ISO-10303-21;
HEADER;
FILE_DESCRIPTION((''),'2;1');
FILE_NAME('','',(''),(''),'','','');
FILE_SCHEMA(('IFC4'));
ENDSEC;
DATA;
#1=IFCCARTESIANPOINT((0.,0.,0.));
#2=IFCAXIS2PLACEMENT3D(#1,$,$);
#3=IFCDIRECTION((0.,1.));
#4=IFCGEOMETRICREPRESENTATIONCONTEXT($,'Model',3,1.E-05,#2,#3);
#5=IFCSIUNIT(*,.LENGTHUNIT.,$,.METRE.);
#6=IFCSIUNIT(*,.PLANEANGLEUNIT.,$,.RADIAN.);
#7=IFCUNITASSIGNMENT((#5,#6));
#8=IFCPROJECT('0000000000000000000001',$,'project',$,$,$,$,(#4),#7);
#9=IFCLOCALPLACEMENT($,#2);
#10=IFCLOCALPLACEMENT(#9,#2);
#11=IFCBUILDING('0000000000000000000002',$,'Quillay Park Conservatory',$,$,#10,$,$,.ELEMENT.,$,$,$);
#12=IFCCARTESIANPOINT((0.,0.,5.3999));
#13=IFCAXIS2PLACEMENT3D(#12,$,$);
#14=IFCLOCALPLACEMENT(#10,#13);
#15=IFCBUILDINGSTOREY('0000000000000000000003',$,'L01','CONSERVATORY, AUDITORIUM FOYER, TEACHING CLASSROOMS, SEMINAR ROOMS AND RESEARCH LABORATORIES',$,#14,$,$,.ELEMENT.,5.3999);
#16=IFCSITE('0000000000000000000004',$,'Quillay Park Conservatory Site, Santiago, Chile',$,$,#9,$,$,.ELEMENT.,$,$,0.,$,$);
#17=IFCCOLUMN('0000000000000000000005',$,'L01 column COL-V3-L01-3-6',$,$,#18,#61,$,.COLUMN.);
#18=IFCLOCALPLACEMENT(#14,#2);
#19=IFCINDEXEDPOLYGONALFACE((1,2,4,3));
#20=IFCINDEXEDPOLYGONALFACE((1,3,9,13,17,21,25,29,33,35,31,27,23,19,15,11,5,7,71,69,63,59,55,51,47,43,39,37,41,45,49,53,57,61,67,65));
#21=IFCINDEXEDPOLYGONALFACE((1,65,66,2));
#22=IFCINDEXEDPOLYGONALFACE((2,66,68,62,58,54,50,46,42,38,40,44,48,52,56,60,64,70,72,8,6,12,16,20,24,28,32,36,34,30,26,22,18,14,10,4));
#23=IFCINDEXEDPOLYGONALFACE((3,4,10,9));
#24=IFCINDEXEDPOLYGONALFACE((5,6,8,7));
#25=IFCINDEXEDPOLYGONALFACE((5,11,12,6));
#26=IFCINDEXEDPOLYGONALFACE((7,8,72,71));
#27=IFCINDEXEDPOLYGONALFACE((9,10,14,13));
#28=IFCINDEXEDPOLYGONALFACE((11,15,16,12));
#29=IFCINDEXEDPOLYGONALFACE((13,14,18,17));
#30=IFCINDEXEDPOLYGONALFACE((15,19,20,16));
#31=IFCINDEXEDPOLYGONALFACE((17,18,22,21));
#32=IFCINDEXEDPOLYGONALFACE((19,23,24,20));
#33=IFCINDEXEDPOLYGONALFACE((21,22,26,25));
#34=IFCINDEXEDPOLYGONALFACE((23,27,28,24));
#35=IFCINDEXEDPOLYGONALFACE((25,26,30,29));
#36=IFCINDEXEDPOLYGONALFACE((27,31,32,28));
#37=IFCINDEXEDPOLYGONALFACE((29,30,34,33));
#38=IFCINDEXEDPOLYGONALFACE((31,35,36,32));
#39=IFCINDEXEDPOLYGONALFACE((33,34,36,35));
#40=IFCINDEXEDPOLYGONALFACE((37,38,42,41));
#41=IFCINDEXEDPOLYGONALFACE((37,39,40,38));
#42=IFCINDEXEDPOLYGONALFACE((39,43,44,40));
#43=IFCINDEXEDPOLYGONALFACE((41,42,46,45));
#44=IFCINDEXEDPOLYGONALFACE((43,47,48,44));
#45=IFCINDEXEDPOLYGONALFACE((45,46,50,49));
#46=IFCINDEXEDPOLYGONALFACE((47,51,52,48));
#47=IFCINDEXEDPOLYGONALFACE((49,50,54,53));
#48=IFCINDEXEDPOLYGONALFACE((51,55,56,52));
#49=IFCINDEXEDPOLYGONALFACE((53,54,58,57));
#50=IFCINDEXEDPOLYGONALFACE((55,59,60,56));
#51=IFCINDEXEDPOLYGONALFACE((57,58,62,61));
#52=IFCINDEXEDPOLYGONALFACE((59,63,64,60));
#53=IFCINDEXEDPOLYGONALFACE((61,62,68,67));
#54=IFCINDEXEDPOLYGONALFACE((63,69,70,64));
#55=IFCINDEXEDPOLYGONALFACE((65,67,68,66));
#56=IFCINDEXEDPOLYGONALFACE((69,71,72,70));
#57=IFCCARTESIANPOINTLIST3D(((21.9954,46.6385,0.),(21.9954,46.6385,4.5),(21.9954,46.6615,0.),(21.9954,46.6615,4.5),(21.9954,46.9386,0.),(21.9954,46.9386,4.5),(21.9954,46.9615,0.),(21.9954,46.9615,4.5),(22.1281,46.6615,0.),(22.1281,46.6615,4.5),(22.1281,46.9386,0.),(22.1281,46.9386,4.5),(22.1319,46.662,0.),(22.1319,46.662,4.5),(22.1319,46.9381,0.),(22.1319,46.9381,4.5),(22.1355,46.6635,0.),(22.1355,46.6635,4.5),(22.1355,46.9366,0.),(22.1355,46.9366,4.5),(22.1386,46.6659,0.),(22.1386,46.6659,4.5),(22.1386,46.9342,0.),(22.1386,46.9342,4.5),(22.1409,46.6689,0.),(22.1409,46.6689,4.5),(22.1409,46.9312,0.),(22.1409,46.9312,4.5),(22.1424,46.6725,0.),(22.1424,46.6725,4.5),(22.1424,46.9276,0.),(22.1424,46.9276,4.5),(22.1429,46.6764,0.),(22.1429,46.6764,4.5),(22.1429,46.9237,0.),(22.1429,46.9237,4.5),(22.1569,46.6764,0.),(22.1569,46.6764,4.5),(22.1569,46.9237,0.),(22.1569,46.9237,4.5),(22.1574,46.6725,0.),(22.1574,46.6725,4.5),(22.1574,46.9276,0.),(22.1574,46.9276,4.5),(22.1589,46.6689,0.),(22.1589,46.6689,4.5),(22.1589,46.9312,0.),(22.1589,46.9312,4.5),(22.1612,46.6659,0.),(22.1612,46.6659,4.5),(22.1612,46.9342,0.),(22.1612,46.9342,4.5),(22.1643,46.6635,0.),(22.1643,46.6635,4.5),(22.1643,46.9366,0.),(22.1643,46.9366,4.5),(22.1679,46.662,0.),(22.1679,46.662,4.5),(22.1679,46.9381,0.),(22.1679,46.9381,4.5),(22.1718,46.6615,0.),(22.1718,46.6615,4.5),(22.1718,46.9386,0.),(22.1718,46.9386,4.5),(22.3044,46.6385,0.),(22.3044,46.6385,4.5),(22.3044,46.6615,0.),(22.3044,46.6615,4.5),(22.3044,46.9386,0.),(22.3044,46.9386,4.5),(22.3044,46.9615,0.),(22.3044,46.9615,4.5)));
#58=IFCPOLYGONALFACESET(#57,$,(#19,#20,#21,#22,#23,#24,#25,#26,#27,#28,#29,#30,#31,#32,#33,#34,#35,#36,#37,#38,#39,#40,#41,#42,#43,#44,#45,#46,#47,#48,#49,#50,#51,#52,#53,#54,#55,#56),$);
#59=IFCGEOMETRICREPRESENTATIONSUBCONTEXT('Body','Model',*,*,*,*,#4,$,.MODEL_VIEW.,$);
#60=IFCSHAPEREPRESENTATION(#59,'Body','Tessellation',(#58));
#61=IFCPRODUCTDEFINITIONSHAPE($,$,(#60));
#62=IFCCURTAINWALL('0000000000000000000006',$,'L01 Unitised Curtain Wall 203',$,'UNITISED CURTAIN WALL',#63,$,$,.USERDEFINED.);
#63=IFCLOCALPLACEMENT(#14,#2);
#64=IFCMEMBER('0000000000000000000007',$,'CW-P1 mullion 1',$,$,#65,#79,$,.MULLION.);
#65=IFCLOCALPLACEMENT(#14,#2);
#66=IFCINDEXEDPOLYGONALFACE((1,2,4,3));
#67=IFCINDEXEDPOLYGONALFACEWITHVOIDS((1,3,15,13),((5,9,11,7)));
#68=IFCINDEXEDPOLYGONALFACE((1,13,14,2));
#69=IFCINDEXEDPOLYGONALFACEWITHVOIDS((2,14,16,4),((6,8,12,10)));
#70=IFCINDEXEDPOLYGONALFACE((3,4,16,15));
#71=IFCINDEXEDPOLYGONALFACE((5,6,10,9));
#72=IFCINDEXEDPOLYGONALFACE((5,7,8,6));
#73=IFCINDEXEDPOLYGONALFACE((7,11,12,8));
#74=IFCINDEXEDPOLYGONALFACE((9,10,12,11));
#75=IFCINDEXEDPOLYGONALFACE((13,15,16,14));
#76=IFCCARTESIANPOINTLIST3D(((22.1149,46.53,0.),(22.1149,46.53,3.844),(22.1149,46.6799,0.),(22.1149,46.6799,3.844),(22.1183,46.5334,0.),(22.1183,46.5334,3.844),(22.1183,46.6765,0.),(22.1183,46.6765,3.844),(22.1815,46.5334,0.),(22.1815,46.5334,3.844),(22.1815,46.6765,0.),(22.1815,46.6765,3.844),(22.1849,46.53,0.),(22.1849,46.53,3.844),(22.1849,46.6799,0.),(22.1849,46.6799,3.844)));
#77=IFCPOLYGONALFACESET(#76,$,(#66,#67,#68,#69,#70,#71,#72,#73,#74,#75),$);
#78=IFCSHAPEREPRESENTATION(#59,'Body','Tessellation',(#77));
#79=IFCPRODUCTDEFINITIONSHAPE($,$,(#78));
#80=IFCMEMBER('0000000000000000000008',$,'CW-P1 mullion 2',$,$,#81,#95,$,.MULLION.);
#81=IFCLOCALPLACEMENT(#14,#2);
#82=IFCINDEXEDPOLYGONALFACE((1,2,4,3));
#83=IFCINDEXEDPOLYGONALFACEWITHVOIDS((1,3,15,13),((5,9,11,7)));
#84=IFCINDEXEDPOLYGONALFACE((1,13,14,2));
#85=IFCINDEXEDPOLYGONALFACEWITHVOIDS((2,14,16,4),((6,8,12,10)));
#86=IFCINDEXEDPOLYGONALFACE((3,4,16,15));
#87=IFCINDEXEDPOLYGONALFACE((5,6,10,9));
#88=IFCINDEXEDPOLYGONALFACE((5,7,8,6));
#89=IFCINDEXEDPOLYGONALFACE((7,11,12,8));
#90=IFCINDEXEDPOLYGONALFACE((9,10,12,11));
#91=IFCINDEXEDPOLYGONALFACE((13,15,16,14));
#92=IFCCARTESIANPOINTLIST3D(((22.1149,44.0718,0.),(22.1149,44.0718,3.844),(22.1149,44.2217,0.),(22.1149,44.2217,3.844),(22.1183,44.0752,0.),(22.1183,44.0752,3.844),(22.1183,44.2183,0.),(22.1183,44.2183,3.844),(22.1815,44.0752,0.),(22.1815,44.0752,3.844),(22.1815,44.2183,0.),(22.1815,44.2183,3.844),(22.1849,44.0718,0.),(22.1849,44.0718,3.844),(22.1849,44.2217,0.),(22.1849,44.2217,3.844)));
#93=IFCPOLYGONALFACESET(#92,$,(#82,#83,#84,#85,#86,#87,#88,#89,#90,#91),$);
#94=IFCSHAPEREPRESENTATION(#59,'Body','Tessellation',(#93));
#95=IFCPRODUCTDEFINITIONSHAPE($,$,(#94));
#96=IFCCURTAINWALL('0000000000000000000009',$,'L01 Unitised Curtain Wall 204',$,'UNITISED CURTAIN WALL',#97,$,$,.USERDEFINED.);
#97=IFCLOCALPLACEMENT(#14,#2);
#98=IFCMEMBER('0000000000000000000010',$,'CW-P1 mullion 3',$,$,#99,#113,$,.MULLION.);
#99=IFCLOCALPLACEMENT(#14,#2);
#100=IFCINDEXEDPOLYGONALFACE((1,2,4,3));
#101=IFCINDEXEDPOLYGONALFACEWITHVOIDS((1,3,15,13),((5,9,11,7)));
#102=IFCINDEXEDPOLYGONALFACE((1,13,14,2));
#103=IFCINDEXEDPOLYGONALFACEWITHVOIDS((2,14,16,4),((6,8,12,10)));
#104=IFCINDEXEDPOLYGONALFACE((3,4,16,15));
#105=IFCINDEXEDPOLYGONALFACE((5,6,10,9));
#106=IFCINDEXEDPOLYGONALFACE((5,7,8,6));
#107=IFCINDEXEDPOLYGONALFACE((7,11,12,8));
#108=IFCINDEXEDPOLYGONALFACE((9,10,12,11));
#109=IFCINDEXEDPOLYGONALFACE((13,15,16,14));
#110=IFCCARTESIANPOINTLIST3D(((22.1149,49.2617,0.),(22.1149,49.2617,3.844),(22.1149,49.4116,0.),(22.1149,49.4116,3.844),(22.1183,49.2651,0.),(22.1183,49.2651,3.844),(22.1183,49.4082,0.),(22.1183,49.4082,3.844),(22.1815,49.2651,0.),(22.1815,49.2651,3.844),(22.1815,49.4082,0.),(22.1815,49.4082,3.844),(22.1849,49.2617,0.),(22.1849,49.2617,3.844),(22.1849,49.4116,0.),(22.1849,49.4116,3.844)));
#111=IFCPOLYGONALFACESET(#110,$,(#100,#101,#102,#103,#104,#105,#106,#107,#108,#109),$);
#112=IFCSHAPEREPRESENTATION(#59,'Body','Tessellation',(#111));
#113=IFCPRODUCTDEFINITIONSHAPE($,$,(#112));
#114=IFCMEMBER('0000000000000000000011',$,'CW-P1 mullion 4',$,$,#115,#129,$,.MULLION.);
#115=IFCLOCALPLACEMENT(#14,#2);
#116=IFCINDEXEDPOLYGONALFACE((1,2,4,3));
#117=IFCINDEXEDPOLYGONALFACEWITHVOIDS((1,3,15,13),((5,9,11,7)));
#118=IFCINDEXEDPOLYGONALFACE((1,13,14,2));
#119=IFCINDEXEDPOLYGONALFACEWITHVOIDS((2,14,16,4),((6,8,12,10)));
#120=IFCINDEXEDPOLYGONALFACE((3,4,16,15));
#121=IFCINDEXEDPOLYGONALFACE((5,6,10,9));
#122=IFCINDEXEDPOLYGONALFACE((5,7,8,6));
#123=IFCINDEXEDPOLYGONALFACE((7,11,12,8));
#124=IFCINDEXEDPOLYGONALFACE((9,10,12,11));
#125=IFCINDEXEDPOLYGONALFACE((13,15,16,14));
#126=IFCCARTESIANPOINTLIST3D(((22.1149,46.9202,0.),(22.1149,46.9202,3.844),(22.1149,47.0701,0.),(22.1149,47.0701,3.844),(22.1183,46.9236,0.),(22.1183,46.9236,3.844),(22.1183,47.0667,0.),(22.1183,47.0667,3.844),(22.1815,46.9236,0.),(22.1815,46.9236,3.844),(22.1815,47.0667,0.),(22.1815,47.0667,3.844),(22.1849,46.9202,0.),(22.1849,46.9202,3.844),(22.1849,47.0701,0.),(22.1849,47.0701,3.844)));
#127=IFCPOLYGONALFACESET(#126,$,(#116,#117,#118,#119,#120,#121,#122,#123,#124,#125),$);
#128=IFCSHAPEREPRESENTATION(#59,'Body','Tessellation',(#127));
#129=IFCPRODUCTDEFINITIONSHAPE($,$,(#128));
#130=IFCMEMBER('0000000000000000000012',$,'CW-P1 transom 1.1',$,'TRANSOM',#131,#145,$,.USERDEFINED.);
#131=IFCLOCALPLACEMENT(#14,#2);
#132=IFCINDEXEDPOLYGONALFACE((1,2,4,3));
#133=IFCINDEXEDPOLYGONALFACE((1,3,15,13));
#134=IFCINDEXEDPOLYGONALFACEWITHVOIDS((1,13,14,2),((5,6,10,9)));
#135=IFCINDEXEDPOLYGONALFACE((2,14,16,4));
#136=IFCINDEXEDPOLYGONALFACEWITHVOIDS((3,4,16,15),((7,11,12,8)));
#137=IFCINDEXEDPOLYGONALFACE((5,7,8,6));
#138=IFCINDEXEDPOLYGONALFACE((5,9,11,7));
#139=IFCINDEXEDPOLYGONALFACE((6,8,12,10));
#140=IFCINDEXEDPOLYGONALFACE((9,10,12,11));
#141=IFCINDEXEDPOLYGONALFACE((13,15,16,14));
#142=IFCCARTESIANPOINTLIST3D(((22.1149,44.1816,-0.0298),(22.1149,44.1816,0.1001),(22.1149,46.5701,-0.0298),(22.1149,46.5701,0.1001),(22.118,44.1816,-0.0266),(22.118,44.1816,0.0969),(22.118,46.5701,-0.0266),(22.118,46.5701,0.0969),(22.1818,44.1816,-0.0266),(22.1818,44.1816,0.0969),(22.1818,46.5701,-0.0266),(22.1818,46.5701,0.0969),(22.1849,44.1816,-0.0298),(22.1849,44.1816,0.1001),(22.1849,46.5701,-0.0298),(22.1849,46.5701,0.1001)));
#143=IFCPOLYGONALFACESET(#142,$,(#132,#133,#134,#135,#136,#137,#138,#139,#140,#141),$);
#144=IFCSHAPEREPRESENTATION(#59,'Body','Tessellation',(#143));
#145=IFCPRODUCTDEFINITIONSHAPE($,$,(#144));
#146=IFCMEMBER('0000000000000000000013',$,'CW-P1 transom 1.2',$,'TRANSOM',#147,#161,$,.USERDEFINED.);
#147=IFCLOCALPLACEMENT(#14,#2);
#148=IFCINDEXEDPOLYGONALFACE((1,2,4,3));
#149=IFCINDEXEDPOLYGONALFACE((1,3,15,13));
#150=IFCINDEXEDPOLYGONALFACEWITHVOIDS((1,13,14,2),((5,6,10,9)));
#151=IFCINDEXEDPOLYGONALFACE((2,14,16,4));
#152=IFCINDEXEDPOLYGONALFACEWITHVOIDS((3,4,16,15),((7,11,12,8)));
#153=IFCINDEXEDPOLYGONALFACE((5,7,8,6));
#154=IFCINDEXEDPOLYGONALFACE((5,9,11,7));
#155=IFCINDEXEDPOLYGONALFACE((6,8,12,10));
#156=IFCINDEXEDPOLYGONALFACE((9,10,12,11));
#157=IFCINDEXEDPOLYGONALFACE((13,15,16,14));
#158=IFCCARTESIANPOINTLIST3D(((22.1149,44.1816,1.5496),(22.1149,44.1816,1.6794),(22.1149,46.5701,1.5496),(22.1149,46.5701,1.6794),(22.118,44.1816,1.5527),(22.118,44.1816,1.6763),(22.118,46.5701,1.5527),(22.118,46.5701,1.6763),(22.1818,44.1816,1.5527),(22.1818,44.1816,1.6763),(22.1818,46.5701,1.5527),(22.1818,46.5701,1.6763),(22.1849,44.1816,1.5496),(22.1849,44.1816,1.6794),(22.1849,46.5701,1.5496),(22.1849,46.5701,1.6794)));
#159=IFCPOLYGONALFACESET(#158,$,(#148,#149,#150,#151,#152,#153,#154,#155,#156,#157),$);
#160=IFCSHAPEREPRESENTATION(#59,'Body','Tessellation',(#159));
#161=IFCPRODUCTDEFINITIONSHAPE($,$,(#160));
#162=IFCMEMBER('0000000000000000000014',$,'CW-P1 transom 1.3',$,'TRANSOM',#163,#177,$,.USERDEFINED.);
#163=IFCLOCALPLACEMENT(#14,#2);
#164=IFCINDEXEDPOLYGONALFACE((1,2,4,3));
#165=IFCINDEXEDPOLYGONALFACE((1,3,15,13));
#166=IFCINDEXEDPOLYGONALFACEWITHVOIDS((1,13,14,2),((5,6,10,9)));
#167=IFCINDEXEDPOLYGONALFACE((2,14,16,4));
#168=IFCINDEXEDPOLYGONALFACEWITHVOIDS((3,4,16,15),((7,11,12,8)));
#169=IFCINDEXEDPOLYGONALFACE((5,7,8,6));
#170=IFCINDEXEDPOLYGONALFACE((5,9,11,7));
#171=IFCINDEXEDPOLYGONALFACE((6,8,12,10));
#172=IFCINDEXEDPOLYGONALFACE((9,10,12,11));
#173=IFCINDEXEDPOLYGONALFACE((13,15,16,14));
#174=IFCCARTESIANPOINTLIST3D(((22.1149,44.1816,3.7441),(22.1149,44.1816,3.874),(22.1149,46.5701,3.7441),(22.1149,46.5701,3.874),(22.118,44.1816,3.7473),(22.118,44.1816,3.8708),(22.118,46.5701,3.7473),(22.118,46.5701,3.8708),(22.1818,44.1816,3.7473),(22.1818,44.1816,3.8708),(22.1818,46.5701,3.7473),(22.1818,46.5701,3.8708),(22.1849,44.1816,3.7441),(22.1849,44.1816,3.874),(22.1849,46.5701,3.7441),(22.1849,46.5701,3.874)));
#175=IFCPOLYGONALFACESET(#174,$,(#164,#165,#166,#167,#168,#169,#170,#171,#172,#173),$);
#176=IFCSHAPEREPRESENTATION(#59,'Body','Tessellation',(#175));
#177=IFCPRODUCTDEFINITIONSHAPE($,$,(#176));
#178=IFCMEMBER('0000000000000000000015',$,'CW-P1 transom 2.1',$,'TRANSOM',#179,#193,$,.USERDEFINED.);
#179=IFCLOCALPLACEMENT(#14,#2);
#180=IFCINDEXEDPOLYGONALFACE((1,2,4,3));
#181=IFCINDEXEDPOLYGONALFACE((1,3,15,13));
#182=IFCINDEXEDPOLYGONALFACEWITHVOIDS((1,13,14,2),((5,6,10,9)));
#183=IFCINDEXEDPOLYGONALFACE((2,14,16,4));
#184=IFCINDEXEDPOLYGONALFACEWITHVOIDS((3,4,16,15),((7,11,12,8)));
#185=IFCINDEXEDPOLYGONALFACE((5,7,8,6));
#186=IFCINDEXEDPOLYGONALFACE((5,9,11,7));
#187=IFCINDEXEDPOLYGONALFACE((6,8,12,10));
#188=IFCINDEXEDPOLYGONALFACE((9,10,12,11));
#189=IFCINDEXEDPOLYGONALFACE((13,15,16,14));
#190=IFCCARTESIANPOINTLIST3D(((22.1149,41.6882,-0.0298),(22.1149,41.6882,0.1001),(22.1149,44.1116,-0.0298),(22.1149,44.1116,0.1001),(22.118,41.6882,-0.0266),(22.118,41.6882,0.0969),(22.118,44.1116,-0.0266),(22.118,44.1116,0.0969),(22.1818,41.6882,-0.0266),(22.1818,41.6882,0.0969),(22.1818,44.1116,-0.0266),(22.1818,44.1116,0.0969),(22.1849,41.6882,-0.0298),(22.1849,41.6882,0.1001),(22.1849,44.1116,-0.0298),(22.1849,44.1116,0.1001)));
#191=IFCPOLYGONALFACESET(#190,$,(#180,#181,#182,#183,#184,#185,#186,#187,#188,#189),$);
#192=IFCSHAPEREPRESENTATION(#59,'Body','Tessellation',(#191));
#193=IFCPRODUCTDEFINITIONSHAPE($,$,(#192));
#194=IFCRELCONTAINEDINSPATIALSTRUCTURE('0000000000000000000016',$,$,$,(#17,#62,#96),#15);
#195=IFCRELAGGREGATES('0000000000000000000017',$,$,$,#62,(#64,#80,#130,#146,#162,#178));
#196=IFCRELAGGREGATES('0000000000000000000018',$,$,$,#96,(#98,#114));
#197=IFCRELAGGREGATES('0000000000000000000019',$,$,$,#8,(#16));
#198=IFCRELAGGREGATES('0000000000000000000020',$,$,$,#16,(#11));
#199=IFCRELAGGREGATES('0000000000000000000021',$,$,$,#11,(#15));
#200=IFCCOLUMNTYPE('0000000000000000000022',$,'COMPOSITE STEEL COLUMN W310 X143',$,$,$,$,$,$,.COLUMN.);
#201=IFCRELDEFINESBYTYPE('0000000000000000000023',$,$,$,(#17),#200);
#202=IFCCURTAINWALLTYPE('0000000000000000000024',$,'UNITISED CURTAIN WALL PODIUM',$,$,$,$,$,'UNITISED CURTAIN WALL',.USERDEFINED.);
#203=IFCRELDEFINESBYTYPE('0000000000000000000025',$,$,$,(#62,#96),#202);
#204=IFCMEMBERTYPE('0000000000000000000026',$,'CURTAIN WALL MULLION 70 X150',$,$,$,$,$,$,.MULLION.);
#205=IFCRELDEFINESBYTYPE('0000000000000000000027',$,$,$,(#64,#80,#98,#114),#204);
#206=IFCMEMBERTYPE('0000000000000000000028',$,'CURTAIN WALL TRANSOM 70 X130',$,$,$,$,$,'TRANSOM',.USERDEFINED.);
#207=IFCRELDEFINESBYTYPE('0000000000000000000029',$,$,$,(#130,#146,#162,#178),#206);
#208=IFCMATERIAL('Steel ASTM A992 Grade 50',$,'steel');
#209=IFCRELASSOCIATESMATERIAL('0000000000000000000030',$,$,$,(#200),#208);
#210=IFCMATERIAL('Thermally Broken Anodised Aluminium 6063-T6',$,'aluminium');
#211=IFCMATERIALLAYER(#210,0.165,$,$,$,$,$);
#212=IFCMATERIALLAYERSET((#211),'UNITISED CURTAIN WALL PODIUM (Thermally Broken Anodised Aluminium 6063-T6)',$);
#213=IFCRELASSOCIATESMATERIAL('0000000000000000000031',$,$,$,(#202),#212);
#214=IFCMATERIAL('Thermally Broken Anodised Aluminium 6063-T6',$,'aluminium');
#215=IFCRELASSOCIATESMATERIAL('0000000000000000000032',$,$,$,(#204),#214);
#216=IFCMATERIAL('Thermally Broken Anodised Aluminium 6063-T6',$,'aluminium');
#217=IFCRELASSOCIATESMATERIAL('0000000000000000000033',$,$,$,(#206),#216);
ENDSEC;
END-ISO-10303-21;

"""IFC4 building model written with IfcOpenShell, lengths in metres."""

from ifc_helpers import new_model, si_unit, direction, frame, origin, origin_2d, place, context, subcontext, project, spatial, hollow_rectangle, i_section, extrude, material, layer, layer_set, material_profile, profile_set, type_object, element, aggregate, save


model = new_model("IFC4")

# Units and contexts
model_context = context("Model", 3, precision=1e-05, world=origin(), true_north=direction((0.0, 1.0)))
body_context = subcontext(model_context, "Body", "Model", "MODEL_VIEW")
ifc_project = project(units=[si_unit("LENGTHUNIT", "METRE"), si_unit("PLANEANGLEUNIT", "RADIAN")], contexts=[model_context])

# Site, building, storey
site_placement = place(None, origin())
site = spatial("IfcSite", under=ifc_project, at=site_placement, Name="Quillay Park Conservatory Site, Santiago, Chile", CompositionType="ELEMENT", RefElevation=0.0)
building_placement = place(site_placement, origin())
building = spatial("IfcBuilding", under=site, at=building_placement, Name="Quillay Park Conservatory", CompositionType="ELEMENT")
storey_placement = place(building_placement, frame((0.0, 0.0, 5.3999)))
storey = spatial("IfcBuildingStorey", under=building, at=storey_placement, Name="L01", Description="CONSERVATORY, AUDITORIUM FOYER, TEACHING CLASSROOMS, SEMINAR ROOMS AND RESEARCH LABORATORIES", CompositionType="ELEMENT", Elevation=5.3999)

# Column
ifc_material_1 = material(Name="Steel ASTM A992 Grade 50", Category="steel")
ifc_material_profile_1 = material_profile(ifc_material_1, i_section(OverallWidth=0.3091, OverallDepth=0.323, WebThickness=0.0139, FlangeThickness=0.0229, FilletRadius=0.0149, at=origin_2d()), Name="W310x143")
ifc_profile_set_1 = profile_set([ifc_material_profile_1], Name="Steel ASTM A992 Grade 50")
column_type = type_object("IfcColumnType", Name="COMPOSITE STEEL COLUMN W310 X143", PredefinedType="COLUMN", material=ifc_profile_set_1)
column_placement = place(storey_placement, frame((22.1499, 46.8, 0.0), z_axis=(0.0, 0.0, 1.0), x_axis=(1.0, 0.0, 0.0)))
element("IfcColumn", 1, at=column_placement, inside=storey, type_object=column_type, Name="L01 column COL-V3-L01-3-6", PredefinedType="COLUMN", context=body_context, shape_type="SweptSolid", body=[
    extrude(i_section(OverallWidth=0.3091, OverallDepth=0.323, WebThickness=0.0139, FlangeThickness=0.0229, FilletRadius=0.0149, at=origin_2d()), origin(), (0.0, 0.0, 1.0), 4.5),
])

# Curtain walls, members
ifc_material_2 = material(Name="Thermally Broken Anodised Aluminium 6063-T6", Category="aluminium")
ifc_layer_1 = layer(ifc_material_2, 0.165)
ifc_layer_set_1 = layer_set([ifc_layer_1], Name="UNITISED CURTAIN WALL PODIUM (Thermally Broken Anodised Aluminium 6063-T6)")
curtain_wall_type = type_object("IfcCurtainWallType", Name="UNITISED CURTAIN WALL PODIUM", ElementType="UNITISED CURTAIN WALL", PredefinedType="USERDEFINED", material=ifc_layer_set_1)
curtain_wall_1_placement = place(storey_placement, origin())
curtain_wall_1 = element("IfcCurtainWall", 2, at=curtain_wall_1_placement, inside=storey, type_object=curtain_wall_type, Name="L01 Unitised Curtain Wall 203", ObjectType="UNITISED CURTAIN WALL", PredefinedType="USERDEFINED")
ifc_material_3 = material(Name="Thermally Broken Anodised Aluminium 6063-T6", Category="aluminium")
ifc_material_profile_2 = material_profile(ifc_material_3, hollow_rectangle(XDim=0.0701, YDim=0.1499, WallThickness=0.0034, at=origin_2d()), Name="AL70x150x3.5")
ifc_profile_set_2 = profile_set([ifc_material_profile_2], Name="Thermally Broken Anodised Aluminium 6063-T6")
member_type_1 = type_object("IfcMemberType", Name="CURTAIN WALL MULLION 70 X150", PredefinedType="MULLION", material=ifc_profile_set_2)
member_1_placement = place(storey_placement, frame((22.1499, 46.605, 0.0), z_axis=(0.0, 0.0, 1.0), x_axis=(1.0, 0.0, 0.0)))
member_1 = element("IfcMember", 3, at=member_1_placement, type_object=member_type_1, Name="CW-P1 mullion 1", PredefinedType="MULLION", context=body_context, shape_type="SweptSolid", body=[
    extrude(hollow_rectangle(XDim=0.0701, YDim=0.1499, WallThickness=0.0034, at=origin_2d()), origin(), (0.0, 0.0, 1.0), 3.844),
])
member_2_placement = place(storey_placement, frame((22.1499, 44.1467, 0.0), z_axis=(0.0, 0.0, 1.0), x_axis=(1.0, 0.0, 0.0)))
member_2 = element("IfcMember", 4, at=member_2_placement, type_object=member_type_1, Name="CW-P1 mullion 2", PredefinedType="MULLION", context=body_context, shape_type="SweptSolid", body=[
    extrude(hollow_rectangle(XDim=0.0701, YDim=0.1499, WallThickness=0.0034, at=origin_2d()), origin(), (0.0, 0.0, 1.0), 3.844),
])
curtain_wall_2_placement = place(storey_placement, origin())
curtain_wall_2 = element("IfcCurtainWall", 5, at=curtain_wall_2_placement, inside=storey, type_object=curtain_wall_type, Name="L01 Unitised Curtain Wall 204", ObjectType="UNITISED CURTAIN WALL", PredefinedType="USERDEFINED")
member_3_placement = place(storey_placement, frame((22.1499, 49.3367, 0.0), z_axis=(0.0, 0.0, 1.0), x_axis=(1.0, 0.0, 0.0)))
member_3 = element("IfcMember", 6, at=member_3_placement, type_object=member_type_1, Name="CW-P1 mullion 3", PredefinedType="MULLION", context=body_context, shape_type="SweptSolid", body=[
    extrude(hollow_rectangle(XDim=0.0701, YDim=0.1499, WallThickness=0.0034, at=origin_2d()), origin(), (0.0, 0.0, 1.0), 3.844),
])
member_4_placement = place(storey_placement, frame((22.1499, 46.9951, 0.0), z_axis=(0.0, 0.0, 1.0), x_axis=(1.0, 0.0, 0.0)))
member_4 = element("IfcMember", 7, at=member_4_placement, type_object=member_type_1, Name="CW-P1 mullion 4", PredefinedType="MULLION", context=body_context, shape_type="SweptSolid", body=[
    extrude(hollow_rectangle(XDim=0.0701, YDim=0.1499, WallThickness=0.0034, at=origin_2d()), origin(), (0.0, 0.0, 1.0), 3.844),
])

# Members
ifc_material_4 = material(Name="Thermally Broken Anodised Aluminium 6063-T6", Category="aluminium")
ifc_material_profile_3 = material_profile(ifc_material_4, hollow_rectangle(XDim=0.0701, YDim=0.1299, WallThickness=0.0032, at=origin_2d()), Name="AL70x130x3.2")
ifc_profile_set_3 = profile_set([ifc_material_profile_3], Name="Thermally Broken Anodised Aluminium 6063-T6")
member_type_2 = type_object("IfcMemberType", Name="CURTAIN WALL TRANSOM 70 X130", ElementType="TRANSOM", PredefinedType="USERDEFINED", material=ifc_profile_set_3)
member_5_placement = place(storey_placement, frame((22.1499, 46.5701, 0.0352), z_axis=(0.0, -1.0, 0.0), x_axis=(1.0, 0.0, 0.0)))
member_5 = element("IfcMember", 8, at=member_5_placement, type_object=member_type_2, Name="CW-P1 transom 1.1", ObjectType="TRANSOM", PredefinedType="USERDEFINED", context=body_context, shape_type="SweptSolid", body=[
    extrude(hollow_rectangle(XDim=0.0701, YDim=0.1299, WallThickness=0.0032, at=origin_2d()), origin(), (0.0, 0.0, 1.0), 2.3884),
])
member_6_placement = place(storey_placement, frame((22.1499, 46.5701, 1.6145), z_axis=(0.0, -1.0, 0.0), x_axis=(1.0, 0.0, 0.0)))
member_6 = element("IfcMember", 9, at=member_6_placement, type_object=member_type_2, Name="CW-P1 transom 1.2", ObjectType="TRANSOM", PredefinedType="USERDEFINED", context=body_context, shape_type="SweptSolid", body=[
    extrude(hollow_rectangle(XDim=0.0701, YDim=0.1299, WallThickness=0.0032, at=origin_2d()), origin(), (0.0, 0.0, 1.0), 2.3884),
])
member_7_placement = place(storey_placement, frame((22.1499, 46.5701, 3.8091), z_axis=(0.0, -1.0, 0.0), x_axis=(1.0, 0.0, 0.0)))
member_7 = element("IfcMember", 10, at=member_7_placement, type_object=member_type_2, Name="CW-P1 transom 1.3", ObjectType="TRANSOM", PredefinedType="USERDEFINED", context=body_context, shape_type="SweptSolid", body=[
    extrude(hollow_rectangle(XDim=0.0701, YDim=0.1299, WallThickness=0.0032, at=origin_2d()), origin(), (0.0, 0.0, 1.0), 2.3884),
])
member_8_placement = place(storey_placement, frame((22.1499, 44.1116, 0.0352), z_axis=(0.0, -1.0, 0.0), x_axis=(1.0, 0.0, 0.0)))
member_8 = element("IfcMember", 11, at=member_8_placement, type_object=member_type_2, Name="CW-P1 transom 2.1", ObjectType="TRANSOM", PredefinedType="USERDEFINED", context=body_context, shape_type="SweptSolid", body=[
    extrude(hollow_rectangle(XDim=0.0701, YDim=0.1299, WallThickness=0.0032, at=origin_2d()), origin(), (0.0, 0.0, 1.0), 2.4233),
])

aggregate(curtain_wall_1, [member_1, member_2, member_5, member_6, member_7, member_8])
aggregate(curtain_wall_2, [member_3, member_4])

save(model, "model.ifc")
